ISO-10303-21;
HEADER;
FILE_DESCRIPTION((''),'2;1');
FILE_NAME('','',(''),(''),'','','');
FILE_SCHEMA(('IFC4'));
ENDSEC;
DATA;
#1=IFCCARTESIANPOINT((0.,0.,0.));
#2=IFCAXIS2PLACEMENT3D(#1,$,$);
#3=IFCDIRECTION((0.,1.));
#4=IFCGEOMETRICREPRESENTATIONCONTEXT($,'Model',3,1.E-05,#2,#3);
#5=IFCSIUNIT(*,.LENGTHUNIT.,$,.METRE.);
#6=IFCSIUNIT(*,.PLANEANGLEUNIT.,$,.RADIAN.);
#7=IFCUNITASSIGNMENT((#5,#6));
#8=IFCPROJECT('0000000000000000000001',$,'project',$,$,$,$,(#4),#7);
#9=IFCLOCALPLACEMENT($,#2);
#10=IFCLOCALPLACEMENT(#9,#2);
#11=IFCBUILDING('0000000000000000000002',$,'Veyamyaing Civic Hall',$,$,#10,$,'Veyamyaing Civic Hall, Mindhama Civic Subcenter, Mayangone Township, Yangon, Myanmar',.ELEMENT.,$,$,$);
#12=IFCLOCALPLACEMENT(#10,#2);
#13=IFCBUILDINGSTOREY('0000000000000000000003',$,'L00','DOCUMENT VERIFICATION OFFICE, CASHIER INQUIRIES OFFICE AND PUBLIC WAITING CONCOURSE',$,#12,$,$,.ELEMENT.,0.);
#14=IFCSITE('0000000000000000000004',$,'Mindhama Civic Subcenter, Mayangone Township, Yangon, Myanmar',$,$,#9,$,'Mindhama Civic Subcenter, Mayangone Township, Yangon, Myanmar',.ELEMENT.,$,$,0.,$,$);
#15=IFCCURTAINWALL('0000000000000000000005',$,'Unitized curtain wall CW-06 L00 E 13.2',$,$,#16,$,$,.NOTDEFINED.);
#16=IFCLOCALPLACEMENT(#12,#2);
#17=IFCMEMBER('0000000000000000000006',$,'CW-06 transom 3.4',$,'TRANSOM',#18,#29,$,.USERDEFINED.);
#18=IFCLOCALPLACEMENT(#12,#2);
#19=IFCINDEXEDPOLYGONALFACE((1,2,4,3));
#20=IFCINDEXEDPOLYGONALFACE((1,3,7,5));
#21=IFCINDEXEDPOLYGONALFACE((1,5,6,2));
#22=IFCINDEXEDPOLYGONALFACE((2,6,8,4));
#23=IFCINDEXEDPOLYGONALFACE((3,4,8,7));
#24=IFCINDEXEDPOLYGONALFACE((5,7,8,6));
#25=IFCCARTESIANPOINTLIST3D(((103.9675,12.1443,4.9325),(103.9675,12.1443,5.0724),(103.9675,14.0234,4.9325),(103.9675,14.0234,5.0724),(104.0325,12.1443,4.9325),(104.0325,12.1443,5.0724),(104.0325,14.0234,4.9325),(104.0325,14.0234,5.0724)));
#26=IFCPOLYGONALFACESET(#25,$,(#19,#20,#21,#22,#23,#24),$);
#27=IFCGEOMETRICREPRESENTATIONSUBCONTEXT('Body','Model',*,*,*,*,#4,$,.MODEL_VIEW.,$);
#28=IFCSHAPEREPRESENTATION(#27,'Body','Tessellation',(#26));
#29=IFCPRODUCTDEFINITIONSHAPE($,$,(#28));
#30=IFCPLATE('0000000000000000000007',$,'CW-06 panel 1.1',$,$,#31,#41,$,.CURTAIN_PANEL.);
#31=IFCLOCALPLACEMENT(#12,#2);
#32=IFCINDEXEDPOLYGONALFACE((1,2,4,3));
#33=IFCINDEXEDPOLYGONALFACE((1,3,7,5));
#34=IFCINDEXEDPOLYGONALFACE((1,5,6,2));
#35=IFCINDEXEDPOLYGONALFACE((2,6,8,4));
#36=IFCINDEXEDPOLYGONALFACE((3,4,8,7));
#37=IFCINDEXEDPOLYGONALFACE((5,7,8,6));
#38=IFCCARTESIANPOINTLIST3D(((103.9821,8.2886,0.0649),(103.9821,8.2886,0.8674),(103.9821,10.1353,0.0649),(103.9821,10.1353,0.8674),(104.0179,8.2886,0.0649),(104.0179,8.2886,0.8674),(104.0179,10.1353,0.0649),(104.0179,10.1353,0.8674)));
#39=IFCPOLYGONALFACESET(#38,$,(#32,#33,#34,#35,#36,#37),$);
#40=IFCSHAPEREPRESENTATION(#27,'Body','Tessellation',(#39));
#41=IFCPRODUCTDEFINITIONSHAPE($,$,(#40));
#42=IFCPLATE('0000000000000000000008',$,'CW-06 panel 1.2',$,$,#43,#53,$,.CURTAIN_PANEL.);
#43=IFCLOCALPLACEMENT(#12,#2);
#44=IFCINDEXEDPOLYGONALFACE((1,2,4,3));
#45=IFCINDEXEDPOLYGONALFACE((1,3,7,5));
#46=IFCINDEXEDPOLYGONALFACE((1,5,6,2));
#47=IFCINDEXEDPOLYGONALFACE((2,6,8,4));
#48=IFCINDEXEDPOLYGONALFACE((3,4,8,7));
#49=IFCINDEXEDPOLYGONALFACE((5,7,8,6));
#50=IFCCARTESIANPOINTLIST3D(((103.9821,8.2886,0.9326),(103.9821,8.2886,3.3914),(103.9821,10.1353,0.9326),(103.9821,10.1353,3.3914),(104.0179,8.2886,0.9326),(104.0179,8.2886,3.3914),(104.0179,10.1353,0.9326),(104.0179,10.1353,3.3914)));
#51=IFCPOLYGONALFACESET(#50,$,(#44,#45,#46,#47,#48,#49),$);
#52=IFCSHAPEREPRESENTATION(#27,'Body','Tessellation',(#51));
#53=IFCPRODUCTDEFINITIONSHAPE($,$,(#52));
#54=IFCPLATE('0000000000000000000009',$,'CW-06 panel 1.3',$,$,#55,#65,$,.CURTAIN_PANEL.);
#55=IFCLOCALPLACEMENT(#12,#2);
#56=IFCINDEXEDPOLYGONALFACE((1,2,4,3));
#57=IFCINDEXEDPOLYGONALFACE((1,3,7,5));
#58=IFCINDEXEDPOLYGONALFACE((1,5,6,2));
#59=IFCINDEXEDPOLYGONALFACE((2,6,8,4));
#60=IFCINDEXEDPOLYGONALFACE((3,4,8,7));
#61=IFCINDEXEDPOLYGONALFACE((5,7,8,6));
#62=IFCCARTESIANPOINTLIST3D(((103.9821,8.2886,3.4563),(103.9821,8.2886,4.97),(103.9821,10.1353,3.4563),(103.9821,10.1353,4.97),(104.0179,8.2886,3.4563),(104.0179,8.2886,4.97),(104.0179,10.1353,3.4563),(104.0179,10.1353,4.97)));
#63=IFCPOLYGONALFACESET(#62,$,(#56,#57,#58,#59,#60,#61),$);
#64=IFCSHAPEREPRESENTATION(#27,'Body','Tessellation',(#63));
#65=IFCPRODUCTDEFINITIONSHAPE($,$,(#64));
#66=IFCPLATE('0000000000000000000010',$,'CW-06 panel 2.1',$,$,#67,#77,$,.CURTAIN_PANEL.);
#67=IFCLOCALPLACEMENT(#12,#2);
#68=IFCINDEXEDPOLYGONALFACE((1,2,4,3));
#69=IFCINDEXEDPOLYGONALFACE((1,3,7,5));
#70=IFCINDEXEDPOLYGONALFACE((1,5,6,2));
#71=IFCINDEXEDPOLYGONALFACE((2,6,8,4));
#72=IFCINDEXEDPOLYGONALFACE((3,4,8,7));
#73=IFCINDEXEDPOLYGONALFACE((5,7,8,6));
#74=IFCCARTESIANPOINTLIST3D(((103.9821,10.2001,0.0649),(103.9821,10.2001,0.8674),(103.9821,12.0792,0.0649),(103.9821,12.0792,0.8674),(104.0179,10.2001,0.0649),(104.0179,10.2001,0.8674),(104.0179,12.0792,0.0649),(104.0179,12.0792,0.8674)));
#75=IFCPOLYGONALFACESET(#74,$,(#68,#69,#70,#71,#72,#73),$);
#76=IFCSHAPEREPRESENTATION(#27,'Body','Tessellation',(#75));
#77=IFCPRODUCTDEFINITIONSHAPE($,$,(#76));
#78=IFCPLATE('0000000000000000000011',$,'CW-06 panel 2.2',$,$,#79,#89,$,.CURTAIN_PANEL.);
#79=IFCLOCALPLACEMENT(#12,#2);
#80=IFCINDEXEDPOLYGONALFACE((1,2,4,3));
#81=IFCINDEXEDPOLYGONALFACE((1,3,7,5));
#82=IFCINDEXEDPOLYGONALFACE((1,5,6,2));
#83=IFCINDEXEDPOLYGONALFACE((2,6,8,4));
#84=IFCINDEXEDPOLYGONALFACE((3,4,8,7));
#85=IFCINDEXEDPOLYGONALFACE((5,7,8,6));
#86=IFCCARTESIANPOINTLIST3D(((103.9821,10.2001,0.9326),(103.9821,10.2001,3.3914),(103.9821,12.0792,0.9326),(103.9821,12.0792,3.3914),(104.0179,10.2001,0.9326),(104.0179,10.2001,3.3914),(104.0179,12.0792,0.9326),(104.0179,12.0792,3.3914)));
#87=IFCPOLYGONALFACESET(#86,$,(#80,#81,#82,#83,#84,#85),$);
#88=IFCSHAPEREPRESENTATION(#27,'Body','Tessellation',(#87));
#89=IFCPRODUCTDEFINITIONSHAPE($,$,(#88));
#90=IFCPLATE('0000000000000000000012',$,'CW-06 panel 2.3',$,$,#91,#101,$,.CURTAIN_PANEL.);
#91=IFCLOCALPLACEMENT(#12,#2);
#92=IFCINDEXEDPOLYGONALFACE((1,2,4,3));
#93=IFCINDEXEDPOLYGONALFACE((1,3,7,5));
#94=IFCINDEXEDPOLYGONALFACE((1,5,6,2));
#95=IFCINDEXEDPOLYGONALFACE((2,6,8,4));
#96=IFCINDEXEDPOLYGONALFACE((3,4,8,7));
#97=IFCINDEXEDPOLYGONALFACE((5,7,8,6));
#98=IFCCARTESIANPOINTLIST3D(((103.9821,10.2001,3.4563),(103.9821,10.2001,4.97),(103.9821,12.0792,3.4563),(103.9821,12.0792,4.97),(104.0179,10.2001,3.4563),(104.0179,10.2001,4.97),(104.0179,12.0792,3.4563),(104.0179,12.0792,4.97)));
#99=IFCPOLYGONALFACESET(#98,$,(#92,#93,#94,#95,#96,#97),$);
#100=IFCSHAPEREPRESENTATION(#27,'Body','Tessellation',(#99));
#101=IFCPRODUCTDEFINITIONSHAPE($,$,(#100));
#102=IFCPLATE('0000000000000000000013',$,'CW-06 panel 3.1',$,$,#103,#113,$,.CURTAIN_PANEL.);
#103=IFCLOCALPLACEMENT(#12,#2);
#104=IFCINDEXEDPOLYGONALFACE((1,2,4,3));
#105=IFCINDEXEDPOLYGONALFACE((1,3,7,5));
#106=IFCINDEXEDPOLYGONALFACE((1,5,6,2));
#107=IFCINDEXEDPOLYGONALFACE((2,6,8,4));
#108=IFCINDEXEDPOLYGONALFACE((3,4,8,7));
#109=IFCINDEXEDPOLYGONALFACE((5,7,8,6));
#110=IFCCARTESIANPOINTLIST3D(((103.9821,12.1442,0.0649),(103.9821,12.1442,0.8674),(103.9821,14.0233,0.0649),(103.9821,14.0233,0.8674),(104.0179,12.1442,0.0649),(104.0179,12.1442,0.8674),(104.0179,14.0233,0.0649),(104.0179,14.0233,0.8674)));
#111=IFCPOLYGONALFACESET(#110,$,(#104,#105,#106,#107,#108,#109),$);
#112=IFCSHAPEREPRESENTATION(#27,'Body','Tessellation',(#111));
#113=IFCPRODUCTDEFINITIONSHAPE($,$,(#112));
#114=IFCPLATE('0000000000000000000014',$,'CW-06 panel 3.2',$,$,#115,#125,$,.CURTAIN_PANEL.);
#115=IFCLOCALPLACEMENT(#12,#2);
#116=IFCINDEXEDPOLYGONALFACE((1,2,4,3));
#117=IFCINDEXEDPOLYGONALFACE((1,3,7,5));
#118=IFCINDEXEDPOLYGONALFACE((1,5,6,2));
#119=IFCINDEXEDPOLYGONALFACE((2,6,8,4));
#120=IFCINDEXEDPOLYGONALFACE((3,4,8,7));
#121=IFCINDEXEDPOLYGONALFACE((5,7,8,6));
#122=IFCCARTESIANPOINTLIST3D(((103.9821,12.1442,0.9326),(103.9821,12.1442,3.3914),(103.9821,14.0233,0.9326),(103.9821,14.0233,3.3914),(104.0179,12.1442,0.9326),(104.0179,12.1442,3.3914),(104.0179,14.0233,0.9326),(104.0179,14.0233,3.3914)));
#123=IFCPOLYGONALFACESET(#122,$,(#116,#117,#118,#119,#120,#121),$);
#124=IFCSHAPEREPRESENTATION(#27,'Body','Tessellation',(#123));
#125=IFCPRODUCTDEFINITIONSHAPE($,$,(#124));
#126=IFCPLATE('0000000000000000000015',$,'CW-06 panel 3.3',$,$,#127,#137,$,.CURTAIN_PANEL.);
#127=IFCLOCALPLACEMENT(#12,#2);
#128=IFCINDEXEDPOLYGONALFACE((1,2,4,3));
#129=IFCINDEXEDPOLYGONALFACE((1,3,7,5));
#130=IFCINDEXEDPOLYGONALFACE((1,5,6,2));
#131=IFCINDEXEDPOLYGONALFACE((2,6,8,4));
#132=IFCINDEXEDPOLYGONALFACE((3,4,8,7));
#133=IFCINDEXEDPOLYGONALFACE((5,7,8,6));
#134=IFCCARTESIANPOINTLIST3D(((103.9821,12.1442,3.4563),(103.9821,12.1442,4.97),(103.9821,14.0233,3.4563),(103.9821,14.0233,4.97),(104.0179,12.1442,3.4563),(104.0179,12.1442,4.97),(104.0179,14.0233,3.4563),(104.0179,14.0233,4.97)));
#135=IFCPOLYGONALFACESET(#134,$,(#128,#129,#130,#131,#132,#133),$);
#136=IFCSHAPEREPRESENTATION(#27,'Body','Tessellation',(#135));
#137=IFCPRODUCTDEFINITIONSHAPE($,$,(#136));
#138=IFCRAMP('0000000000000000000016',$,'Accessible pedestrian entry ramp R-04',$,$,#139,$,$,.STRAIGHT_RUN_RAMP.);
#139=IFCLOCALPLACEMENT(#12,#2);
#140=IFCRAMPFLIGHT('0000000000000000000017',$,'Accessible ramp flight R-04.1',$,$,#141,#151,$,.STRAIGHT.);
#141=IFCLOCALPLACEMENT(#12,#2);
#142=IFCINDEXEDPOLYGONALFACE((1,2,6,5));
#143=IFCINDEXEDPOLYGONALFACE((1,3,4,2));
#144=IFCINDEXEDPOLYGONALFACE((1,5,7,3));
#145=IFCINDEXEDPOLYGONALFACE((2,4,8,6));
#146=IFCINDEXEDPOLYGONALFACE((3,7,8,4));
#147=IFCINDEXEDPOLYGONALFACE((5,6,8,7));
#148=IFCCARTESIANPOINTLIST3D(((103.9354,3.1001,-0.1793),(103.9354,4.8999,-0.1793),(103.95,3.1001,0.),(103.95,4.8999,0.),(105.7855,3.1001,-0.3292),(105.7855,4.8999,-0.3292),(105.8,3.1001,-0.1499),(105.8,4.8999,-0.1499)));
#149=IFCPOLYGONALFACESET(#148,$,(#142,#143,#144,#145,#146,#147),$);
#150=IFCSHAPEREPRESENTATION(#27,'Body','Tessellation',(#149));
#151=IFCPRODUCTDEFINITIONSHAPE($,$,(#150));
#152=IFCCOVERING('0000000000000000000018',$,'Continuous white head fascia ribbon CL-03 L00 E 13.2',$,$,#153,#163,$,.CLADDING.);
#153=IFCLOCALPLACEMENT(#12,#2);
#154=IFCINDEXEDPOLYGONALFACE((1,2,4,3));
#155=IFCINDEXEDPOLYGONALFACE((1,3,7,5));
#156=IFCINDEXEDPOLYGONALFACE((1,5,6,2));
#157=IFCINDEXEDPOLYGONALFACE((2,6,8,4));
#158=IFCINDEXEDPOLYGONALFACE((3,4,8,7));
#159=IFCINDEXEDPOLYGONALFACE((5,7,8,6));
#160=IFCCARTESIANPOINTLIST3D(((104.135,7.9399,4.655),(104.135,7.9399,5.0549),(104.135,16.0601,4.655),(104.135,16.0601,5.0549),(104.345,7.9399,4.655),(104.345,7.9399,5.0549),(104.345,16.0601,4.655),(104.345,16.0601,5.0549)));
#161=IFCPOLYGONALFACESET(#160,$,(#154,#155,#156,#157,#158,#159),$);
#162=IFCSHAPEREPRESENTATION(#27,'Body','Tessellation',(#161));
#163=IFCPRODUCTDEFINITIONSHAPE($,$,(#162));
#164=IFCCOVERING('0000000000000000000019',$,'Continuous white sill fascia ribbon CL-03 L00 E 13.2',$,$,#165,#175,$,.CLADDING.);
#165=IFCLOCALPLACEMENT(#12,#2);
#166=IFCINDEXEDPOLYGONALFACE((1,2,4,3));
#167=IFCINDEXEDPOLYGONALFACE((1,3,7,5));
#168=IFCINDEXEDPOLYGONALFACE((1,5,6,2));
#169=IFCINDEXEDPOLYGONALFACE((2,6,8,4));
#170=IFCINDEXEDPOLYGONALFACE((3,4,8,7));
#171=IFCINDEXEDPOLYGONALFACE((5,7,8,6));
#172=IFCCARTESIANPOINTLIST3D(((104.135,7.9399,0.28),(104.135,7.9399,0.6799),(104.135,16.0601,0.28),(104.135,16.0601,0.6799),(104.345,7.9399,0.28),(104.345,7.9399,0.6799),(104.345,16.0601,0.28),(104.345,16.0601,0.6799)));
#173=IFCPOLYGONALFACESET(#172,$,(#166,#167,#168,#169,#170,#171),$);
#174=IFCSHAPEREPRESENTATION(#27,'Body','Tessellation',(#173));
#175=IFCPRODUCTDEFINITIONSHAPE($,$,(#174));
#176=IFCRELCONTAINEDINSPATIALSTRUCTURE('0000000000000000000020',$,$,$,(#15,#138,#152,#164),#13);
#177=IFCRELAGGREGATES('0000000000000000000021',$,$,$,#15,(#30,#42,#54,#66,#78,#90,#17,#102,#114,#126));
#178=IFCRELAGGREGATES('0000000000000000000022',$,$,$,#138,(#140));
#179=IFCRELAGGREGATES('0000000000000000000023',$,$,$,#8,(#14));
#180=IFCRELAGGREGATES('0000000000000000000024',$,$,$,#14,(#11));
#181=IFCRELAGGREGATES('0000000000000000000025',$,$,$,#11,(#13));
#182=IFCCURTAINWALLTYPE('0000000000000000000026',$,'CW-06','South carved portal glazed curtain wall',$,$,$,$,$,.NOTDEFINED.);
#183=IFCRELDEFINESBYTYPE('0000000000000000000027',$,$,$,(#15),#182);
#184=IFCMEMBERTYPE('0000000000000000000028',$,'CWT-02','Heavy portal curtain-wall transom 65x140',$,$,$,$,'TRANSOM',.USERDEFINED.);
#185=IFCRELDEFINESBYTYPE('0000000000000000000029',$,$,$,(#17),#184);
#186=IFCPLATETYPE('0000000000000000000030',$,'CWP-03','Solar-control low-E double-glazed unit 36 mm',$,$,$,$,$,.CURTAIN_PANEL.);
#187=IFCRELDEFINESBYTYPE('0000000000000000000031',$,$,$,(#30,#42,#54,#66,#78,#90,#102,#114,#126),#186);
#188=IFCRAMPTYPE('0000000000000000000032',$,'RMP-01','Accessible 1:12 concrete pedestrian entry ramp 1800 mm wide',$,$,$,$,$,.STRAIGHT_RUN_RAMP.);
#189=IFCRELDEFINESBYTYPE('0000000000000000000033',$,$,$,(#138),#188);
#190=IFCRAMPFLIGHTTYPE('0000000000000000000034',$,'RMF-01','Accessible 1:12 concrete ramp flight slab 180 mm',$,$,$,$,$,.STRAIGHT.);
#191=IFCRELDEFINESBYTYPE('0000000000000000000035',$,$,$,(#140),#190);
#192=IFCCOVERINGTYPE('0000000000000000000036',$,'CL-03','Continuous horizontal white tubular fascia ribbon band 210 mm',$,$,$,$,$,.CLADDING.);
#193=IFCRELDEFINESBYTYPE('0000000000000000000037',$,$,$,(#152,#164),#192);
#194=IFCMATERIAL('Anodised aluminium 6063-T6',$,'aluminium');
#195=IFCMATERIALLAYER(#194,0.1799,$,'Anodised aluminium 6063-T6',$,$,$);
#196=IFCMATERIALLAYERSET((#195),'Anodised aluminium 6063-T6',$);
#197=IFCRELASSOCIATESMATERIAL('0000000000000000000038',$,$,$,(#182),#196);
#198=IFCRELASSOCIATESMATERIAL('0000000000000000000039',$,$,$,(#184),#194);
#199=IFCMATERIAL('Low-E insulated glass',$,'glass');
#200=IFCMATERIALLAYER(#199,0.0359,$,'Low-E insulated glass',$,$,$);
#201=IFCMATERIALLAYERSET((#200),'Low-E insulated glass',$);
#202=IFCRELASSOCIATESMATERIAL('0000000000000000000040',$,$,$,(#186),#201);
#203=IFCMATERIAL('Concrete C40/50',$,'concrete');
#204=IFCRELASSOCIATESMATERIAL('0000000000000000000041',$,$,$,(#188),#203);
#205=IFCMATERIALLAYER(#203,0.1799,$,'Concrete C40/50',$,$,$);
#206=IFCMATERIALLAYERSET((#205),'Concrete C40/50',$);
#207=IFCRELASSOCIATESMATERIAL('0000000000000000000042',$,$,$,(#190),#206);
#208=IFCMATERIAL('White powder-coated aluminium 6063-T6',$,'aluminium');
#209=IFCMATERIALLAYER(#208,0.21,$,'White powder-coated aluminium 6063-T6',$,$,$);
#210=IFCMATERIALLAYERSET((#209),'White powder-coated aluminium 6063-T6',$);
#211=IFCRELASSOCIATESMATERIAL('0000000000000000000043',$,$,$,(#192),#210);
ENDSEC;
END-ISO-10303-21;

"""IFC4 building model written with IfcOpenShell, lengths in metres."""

from ifc_helpers import new_model, si_unit, direction, frame, origin, origin_2d, place, context, subcontext, project, spatial, polyline, rectangle, outline, extrude, material, layer, layer_set, material_profile, profile_set, type_object, element, aggregate, save


model = new_model("IFC4")

# Units and contexts
model_context = context("Model", 3, precision=1e-05, world=origin(), true_north=direction((0.0, 1.0)))
body_context = subcontext(model_context, "Body", "Model", "MODEL_VIEW")
ifc_project = project(units=[si_unit("LENGTHUNIT", "METRE"), si_unit("PLANEANGLEUNIT", "RADIAN")], contexts=[model_context])

# Site, building, storey
site_placement = place(None, origin())
site = spatial("IfcSite", under=ifc_project, at=site_placement, Name="Mindhama Civic Subcenter, Mayangone Township, Yangon, Myanmar", LongName="Mindhama Civic Subcenter, Mayangone Township, Yangon, Myanmar", CompositionType="ELEMENT", RefElevation=0.0)
building_placement = place(site_placement, origin())
building = spatial("IfcBuilding", under=site, at=building_placement, Name="Veyamyaing Civic Hall", LongName="Veyamyaing Civic Hall, Mindhama Civic Subcenter, Mayangone Township, Yangon, Myanmar", CompositionType="ELEMENT")
storey_placement = place(building_placement, origin())
storey = spatial("IfcBuildingStorey", under=building, at=storey_placement, Name="L00", Description="DOCUMENT VERIFICATION OFFICE, CASHIER INQUIRIES OFFICE AND PUBLIC WAITING CONCOURSE", CompositionType="ELEMENT", Elevation=0.0)

# Curtain wall, member, plates
ifc_material_1 = material(Name="Anodised aluminium 6063-T6", Category="aluminium")
ifc_layer_1 = layer(ifc_material_1, 0.1799, Name="Anodised aluminium 6063-T6")
ifc_layer_set_1 = layer_set([ifc_layer_1], Name="Anodised aluminium 6063-T6")
curtain_wall_type = type_object("IfcCurtainWallType", Name="CW-06", Description="South carved portal glazed curtain wall", PredefinedType="NOTDEFINED", material=ifc_layer_set_1)
curtain_wall_placement = place(storey_placement, origin())
curtain_wall = element("IfcCurtainWall", 1, at=curtain_wall_placement, inside=storey, type_object=curtain_wall_type, Name="Unitized curtain wall CW-06 L00 E 13.2", PredefinedType="NOTDEFINED")
ifc_material_profile_1 = material_profile(ifc_material_1, rectangle(XDim=0.0649, YDim=0.1399, at=origin_2d()), Name="ALU-TRN-65X140")
ifc_profile_set_1 = profile_set([ifc_material_profile_1], Name="Anodised aluminium 6063-T6")
member_type_1 = type_object("IfcMemberType", Name="CWT-02", Description="Heavy portal curtain-wall transom 65x140", ElementType="TRANSOM", PredefinedType="USERDEFINED", material=ifc_profile_set_1)
member_1_placement = place(storey_placement, frame((104.0, 12.1443, 5.0024), z_axis=(0.0, 1.0, 0.0), x_axis=(-1.0, 0.0, 0.0)))
member_1 = element("IfcMember", 2, at=member_1_placement, type_object=member_type_1, Name="CW-06 transom 3.4", ObjectType="TRANSOM", PredefinedType="USERDEFINED", context=body_context, shape_type="SweptSolid", body=[
    extrude(rectangle(XDim=0.0649, YDim=0.1399, at=origin_2d()), origin(), (0.0, 0.0, 1.0), 1.8792),
])
ifc_material_2 = material(Name="Low-E insulated glass", Category="glass")
ifc_layer_2 = layer(ifc_material_2, 0.0359, Name="Low-E insulated glass")
ifc_layer_set_2 = layer_set([ifc_layer_2], Name="Low-E insulated glass")
plate_type = type_object("IfcPlateType", Name="CWP-03", Description="Solar-control low-E double-glazed unit 36 mm", PredefinedType="CURTAIN_PANEL", material=ifc_layer_set_2)
plate_1_placement = place(storey_placement, frame((104.0, 9.2119, 0.0649), z_axis=(0.0, 0.0, 1.0), x_axis=(0.0, 1.0, 0.0)))
plate_1 = element("IfcPlate", 3, at=plate_1_placement, type_object=plate_type, Name="CW-06 panel 1.1", PredefinedType="CURTAIN_PANEL", context=body_context, shape_type="SweptSolid", body=[
    extrude(rectangle(XDim=1.8467, YDim=0.0359, at=origin_2d()), origin(), (0.0, 0.0, 1.0), 0.8025),
])
plate_2_placement = place(storey_placement, frame((104.0, 9.2119, 0.9326), z_axis=(0.0, 0.0, 1.0), x_axis=(0.0, 1.0, 0.0)))
plate_2 = element("IfcPlate", 4, at=plate_2_placement, type_object=plate_type, Name="CW-06 panel 1.2", PredefinedType="CURTAIN_PANEL", context=body_context, shape_type="SweptSolid", body=[
    extrude(rectangle(XDim=1.8467, YDim=0.0359, at=origin_2d()), origin(), (0.0, 0.0, 1.0), 2.4587),
])
plate_3_placement = place(storey_placement, frame((104.0, 9.2119, 3.4563), z_axis=(0.0, 0.0, 1.0), x_axis=(0.0, 1.0, 0.0)))
plate_3 = element("IfcPlate", 5, at=plate_3_placement, type_object=plate_type, Name="CW-06 panel 1.3", PredefinedType="CURTAIN_PANEL", context=body_context, shape_type="SweptSolid", body=[
    extrude(rectangle(XDim=1.8467, YDim=0.0359, at=origin_2d()), origin(), (0.0, 0.0, 1.0), 1.5137),
])
plate_4_placement = place(storey_placement, frame((104.0, 11.1396, 0.0649), z_axis=(0.0, 0.0, 1.0), x_axis=(0.0, 1.0, 0.0)))
plate_4 = element("IfcPlate", 6, at=plate_4_placement, type_object=plate_type, Name="CW-06 panel 2.1", PredefinedType="CURTAIN_PANEL", context=body_context, shape_type="SweptSolid", body=[
    extrude(rectangle(XDim=1.8792, YDim=0.0359, at=origin_2d()), origin(), (0.0, 0.0, 1.0), 0.8025),
])
plate_5_placement = place(storey_placement, frame((104.0, 11.1396, 0.9326), z_axis=(0.0, 0.0, 1.0), x_axis=(0.0, 1.0, 0.0)))
plate_5 = element("IfcPlate", 7, at=plate_5_placement, type_object=plate_type, Name="CW-06 panel 2.2", PredefinedType="CURTAIN_PANEL", context=body_context, shape_type="SweptSolid", body=[
    extrude(rectangle(XDim=1.8792, YDim=0.0359, at=origin_2d()), origin(), (0.0, 0.0, 1.0), 2.4587),
])
plate_6_placement = place(storey_placement, frame((104.0, 11.1396, 3.4563), z_axis=(0.0, 0.0, 1.0), x_axis=(0.0, 1.0, 0.0)))
plate_6 = element("IfcPlate", 8, at=plate_6_placement, type_object=plate_type, Name="CW-06 panel 2.3", PredefinedType="CURTAIN_PANEL", context=body_context, shape_type="SweptSolid", body=[
    extrude(rectangle(XDim=1.8792, YDim=0.0359, at=origin_2d()), origin(), (0.0, 0.0, 1.0), 1.5137),
])
plate_7_placement = place(storey_placement, frame((104.0, 13.0837, 0.0649), z_axis=(0.0, 0.0, 1.0), x_axis=(0.0, 1.0, 0.0)))
plate_7 = element("IfcPlate", 9, at=plate_7_placement, type_object=plate_type, Name="CW-06 panel 3.1", PredefinedType="CURTAIN_PANEL", context=body_context, shape_type="SweptSolid", body=[
    extrude(rectangle(XDim=1.8792, YDim=0.0359, at=origin_2d()), origin(), (0.0, 0.0, 1.0), 0.8025),
])
plate_8_placement = place(storey_placement, frame((104.0, 13.0837, 0.9326), z_axis=(0.0, 0.0, 1.0), x_axis=(0.0, 1.0, 0.0)))
plate_8 = element("IfcPlate", 10, at=plate_8_placement, type_object=plate_type, Name="CW-06 panel 3.2", PredefinedType="CURTAIN_PANEL", context=body_context, shape_type="SweptSolid", body=[
    extrude(rectangle(XDim=1.8792, YDim=0.0359, at=origin_2d()), origin(), (0.0, 0.0, 1.0), 2.4587),
])
plate_9_placement = place(storey_placement, frame((104.0, 13.0837, 3.4563), z_axis=(0.0, 0.0, 1.0), x_axis=(0.0, 1.0, 0.0)))
plate_9 = element("IfcPlate", 11, at=plate_9_placement, type_object=plate_type, Name="CW-06 panel 3.3", PredefinedType="CURTAIN_PANEL", context=body_context, shape_type="SweptSolid", body=[
    extrude(rectangle(XDim=1.8792, YDim=0.0359, at=origin_2d()), origin(), (0.0, 0.0, 1.0), 1.5137),
])
aggregate(curtain_wall, [plate_1, plate_2, plate_3, plate_4, plate_5, plate_6, member_1, plate_7, plate_8, plate_9])

# Ramp, ramp flight
ifc_material_3 = material(Name="Concrete C40/50", Category="concrete")
ramp_type = type_object("IfcRampType", Name="RMP-01", Description="Accessible 1:12 concrete pedestrian entry ramp 1800 mm wide", PredefinedType="STRAIGHT_RUN_RAMP", material=ifc_material_3)
ramp_placement = place(storey_placement, origin())
ramp = element("IfcRamp", 12, at=ramp_placement, inside=storey, type_object=ramp_type, Name="Accessible pedestrian entry ramp R-04", PredefinedType="STRAIGHT_RUN_RAMP")
ifc_layer_3 = layer(ifc_material_3, 0.1799, Name="Concrete C40/50")
ifc_layer_set_3 = layer_set([ifc_layer_3], Name="Concrete C40/50")
ramp_flight_type = type_object("IfcRampFlightType", Name="RMF-01", Description="Accessible 1:12 concrete ramp flight slab 180 mm", PredefinedType="STRAIGHT", material=ifc_layer_set_3)
ramp_flight_placement = place(storey_placement, frame((105.8, 4.8999, -0.1499), z_axis=(0.080759, 0.0, 0.996734), x_axis=(-0.996734, 0.0, 0.080759)))
ramp_flight = element("IfcRampFlight", 13, at=ramp_flight_placement, type_object=ramp_flight_type, Name="Accessible ramp flight R-04.1", PredefinedType="STRAIGHT", context=body_context, shape_type="SweptSolid", body=[
    extrude(outline(polyline([(0.0, 0.0), (1.8562, 0.0), (1.8562, 1.7998), (0.0, 1.7998), (0.0, 0.0)])), origin(), (0.0, 0.0, -1.0), 0.1799),
])
aggregate(ramp, [ramp_flight])

# Coverings
ifc_material_4 = material(Name="White powder-coated aluminium 6063-T6", Category="aluminium")
ifc_layer_4 = layer(ifc_material_4, 0.21, Name="White powder-coated aluminium 6063-T6")
ifc_layer_set_4 = layer_set([ifc_layer_4], Name="White powder-coated aluminium 6063-T6")
covering_type = type_object("IfcCoveringType", Name="CL-03", Description="Continuous horizontal white tubular fascia ribbon band 210 mm", PredefinedType="CLADDING", material=ifc_layer_set_4)
for number, where, z_axis, x_axis, name in (
    (14, (104.24, 12.0, 4.655), (0.0, 0.0, 1.0), (0.0, 1.0, 0.0), "Continuous white head fascia ribbon CL-03 L00 E 13.2"),
    (15, (104.24, 12.0, 0.28), (0.0, 0.0, 1.0), (0.0, 1.0, 0.0), "Continuous white sill fascia ribbon CL-03 L00 E 13.2"),
):
    element("IfcCovering", number, at=place(storey_placement, frame(where, z_axis=z_axis, x_axis=x_axis)), inside=storey, type_object=covering_type, Name=name, PredefinedType="CLADDING", context=body_context, shape_type="SweptSolid", body=[
        extrude(rectangle(XDim=8.1201, YDim=0.21, at=origin_2d()), origin(), (0.0, 0.0, 1.0), 0.3999),
    ])

save(model, "model.ifc")
